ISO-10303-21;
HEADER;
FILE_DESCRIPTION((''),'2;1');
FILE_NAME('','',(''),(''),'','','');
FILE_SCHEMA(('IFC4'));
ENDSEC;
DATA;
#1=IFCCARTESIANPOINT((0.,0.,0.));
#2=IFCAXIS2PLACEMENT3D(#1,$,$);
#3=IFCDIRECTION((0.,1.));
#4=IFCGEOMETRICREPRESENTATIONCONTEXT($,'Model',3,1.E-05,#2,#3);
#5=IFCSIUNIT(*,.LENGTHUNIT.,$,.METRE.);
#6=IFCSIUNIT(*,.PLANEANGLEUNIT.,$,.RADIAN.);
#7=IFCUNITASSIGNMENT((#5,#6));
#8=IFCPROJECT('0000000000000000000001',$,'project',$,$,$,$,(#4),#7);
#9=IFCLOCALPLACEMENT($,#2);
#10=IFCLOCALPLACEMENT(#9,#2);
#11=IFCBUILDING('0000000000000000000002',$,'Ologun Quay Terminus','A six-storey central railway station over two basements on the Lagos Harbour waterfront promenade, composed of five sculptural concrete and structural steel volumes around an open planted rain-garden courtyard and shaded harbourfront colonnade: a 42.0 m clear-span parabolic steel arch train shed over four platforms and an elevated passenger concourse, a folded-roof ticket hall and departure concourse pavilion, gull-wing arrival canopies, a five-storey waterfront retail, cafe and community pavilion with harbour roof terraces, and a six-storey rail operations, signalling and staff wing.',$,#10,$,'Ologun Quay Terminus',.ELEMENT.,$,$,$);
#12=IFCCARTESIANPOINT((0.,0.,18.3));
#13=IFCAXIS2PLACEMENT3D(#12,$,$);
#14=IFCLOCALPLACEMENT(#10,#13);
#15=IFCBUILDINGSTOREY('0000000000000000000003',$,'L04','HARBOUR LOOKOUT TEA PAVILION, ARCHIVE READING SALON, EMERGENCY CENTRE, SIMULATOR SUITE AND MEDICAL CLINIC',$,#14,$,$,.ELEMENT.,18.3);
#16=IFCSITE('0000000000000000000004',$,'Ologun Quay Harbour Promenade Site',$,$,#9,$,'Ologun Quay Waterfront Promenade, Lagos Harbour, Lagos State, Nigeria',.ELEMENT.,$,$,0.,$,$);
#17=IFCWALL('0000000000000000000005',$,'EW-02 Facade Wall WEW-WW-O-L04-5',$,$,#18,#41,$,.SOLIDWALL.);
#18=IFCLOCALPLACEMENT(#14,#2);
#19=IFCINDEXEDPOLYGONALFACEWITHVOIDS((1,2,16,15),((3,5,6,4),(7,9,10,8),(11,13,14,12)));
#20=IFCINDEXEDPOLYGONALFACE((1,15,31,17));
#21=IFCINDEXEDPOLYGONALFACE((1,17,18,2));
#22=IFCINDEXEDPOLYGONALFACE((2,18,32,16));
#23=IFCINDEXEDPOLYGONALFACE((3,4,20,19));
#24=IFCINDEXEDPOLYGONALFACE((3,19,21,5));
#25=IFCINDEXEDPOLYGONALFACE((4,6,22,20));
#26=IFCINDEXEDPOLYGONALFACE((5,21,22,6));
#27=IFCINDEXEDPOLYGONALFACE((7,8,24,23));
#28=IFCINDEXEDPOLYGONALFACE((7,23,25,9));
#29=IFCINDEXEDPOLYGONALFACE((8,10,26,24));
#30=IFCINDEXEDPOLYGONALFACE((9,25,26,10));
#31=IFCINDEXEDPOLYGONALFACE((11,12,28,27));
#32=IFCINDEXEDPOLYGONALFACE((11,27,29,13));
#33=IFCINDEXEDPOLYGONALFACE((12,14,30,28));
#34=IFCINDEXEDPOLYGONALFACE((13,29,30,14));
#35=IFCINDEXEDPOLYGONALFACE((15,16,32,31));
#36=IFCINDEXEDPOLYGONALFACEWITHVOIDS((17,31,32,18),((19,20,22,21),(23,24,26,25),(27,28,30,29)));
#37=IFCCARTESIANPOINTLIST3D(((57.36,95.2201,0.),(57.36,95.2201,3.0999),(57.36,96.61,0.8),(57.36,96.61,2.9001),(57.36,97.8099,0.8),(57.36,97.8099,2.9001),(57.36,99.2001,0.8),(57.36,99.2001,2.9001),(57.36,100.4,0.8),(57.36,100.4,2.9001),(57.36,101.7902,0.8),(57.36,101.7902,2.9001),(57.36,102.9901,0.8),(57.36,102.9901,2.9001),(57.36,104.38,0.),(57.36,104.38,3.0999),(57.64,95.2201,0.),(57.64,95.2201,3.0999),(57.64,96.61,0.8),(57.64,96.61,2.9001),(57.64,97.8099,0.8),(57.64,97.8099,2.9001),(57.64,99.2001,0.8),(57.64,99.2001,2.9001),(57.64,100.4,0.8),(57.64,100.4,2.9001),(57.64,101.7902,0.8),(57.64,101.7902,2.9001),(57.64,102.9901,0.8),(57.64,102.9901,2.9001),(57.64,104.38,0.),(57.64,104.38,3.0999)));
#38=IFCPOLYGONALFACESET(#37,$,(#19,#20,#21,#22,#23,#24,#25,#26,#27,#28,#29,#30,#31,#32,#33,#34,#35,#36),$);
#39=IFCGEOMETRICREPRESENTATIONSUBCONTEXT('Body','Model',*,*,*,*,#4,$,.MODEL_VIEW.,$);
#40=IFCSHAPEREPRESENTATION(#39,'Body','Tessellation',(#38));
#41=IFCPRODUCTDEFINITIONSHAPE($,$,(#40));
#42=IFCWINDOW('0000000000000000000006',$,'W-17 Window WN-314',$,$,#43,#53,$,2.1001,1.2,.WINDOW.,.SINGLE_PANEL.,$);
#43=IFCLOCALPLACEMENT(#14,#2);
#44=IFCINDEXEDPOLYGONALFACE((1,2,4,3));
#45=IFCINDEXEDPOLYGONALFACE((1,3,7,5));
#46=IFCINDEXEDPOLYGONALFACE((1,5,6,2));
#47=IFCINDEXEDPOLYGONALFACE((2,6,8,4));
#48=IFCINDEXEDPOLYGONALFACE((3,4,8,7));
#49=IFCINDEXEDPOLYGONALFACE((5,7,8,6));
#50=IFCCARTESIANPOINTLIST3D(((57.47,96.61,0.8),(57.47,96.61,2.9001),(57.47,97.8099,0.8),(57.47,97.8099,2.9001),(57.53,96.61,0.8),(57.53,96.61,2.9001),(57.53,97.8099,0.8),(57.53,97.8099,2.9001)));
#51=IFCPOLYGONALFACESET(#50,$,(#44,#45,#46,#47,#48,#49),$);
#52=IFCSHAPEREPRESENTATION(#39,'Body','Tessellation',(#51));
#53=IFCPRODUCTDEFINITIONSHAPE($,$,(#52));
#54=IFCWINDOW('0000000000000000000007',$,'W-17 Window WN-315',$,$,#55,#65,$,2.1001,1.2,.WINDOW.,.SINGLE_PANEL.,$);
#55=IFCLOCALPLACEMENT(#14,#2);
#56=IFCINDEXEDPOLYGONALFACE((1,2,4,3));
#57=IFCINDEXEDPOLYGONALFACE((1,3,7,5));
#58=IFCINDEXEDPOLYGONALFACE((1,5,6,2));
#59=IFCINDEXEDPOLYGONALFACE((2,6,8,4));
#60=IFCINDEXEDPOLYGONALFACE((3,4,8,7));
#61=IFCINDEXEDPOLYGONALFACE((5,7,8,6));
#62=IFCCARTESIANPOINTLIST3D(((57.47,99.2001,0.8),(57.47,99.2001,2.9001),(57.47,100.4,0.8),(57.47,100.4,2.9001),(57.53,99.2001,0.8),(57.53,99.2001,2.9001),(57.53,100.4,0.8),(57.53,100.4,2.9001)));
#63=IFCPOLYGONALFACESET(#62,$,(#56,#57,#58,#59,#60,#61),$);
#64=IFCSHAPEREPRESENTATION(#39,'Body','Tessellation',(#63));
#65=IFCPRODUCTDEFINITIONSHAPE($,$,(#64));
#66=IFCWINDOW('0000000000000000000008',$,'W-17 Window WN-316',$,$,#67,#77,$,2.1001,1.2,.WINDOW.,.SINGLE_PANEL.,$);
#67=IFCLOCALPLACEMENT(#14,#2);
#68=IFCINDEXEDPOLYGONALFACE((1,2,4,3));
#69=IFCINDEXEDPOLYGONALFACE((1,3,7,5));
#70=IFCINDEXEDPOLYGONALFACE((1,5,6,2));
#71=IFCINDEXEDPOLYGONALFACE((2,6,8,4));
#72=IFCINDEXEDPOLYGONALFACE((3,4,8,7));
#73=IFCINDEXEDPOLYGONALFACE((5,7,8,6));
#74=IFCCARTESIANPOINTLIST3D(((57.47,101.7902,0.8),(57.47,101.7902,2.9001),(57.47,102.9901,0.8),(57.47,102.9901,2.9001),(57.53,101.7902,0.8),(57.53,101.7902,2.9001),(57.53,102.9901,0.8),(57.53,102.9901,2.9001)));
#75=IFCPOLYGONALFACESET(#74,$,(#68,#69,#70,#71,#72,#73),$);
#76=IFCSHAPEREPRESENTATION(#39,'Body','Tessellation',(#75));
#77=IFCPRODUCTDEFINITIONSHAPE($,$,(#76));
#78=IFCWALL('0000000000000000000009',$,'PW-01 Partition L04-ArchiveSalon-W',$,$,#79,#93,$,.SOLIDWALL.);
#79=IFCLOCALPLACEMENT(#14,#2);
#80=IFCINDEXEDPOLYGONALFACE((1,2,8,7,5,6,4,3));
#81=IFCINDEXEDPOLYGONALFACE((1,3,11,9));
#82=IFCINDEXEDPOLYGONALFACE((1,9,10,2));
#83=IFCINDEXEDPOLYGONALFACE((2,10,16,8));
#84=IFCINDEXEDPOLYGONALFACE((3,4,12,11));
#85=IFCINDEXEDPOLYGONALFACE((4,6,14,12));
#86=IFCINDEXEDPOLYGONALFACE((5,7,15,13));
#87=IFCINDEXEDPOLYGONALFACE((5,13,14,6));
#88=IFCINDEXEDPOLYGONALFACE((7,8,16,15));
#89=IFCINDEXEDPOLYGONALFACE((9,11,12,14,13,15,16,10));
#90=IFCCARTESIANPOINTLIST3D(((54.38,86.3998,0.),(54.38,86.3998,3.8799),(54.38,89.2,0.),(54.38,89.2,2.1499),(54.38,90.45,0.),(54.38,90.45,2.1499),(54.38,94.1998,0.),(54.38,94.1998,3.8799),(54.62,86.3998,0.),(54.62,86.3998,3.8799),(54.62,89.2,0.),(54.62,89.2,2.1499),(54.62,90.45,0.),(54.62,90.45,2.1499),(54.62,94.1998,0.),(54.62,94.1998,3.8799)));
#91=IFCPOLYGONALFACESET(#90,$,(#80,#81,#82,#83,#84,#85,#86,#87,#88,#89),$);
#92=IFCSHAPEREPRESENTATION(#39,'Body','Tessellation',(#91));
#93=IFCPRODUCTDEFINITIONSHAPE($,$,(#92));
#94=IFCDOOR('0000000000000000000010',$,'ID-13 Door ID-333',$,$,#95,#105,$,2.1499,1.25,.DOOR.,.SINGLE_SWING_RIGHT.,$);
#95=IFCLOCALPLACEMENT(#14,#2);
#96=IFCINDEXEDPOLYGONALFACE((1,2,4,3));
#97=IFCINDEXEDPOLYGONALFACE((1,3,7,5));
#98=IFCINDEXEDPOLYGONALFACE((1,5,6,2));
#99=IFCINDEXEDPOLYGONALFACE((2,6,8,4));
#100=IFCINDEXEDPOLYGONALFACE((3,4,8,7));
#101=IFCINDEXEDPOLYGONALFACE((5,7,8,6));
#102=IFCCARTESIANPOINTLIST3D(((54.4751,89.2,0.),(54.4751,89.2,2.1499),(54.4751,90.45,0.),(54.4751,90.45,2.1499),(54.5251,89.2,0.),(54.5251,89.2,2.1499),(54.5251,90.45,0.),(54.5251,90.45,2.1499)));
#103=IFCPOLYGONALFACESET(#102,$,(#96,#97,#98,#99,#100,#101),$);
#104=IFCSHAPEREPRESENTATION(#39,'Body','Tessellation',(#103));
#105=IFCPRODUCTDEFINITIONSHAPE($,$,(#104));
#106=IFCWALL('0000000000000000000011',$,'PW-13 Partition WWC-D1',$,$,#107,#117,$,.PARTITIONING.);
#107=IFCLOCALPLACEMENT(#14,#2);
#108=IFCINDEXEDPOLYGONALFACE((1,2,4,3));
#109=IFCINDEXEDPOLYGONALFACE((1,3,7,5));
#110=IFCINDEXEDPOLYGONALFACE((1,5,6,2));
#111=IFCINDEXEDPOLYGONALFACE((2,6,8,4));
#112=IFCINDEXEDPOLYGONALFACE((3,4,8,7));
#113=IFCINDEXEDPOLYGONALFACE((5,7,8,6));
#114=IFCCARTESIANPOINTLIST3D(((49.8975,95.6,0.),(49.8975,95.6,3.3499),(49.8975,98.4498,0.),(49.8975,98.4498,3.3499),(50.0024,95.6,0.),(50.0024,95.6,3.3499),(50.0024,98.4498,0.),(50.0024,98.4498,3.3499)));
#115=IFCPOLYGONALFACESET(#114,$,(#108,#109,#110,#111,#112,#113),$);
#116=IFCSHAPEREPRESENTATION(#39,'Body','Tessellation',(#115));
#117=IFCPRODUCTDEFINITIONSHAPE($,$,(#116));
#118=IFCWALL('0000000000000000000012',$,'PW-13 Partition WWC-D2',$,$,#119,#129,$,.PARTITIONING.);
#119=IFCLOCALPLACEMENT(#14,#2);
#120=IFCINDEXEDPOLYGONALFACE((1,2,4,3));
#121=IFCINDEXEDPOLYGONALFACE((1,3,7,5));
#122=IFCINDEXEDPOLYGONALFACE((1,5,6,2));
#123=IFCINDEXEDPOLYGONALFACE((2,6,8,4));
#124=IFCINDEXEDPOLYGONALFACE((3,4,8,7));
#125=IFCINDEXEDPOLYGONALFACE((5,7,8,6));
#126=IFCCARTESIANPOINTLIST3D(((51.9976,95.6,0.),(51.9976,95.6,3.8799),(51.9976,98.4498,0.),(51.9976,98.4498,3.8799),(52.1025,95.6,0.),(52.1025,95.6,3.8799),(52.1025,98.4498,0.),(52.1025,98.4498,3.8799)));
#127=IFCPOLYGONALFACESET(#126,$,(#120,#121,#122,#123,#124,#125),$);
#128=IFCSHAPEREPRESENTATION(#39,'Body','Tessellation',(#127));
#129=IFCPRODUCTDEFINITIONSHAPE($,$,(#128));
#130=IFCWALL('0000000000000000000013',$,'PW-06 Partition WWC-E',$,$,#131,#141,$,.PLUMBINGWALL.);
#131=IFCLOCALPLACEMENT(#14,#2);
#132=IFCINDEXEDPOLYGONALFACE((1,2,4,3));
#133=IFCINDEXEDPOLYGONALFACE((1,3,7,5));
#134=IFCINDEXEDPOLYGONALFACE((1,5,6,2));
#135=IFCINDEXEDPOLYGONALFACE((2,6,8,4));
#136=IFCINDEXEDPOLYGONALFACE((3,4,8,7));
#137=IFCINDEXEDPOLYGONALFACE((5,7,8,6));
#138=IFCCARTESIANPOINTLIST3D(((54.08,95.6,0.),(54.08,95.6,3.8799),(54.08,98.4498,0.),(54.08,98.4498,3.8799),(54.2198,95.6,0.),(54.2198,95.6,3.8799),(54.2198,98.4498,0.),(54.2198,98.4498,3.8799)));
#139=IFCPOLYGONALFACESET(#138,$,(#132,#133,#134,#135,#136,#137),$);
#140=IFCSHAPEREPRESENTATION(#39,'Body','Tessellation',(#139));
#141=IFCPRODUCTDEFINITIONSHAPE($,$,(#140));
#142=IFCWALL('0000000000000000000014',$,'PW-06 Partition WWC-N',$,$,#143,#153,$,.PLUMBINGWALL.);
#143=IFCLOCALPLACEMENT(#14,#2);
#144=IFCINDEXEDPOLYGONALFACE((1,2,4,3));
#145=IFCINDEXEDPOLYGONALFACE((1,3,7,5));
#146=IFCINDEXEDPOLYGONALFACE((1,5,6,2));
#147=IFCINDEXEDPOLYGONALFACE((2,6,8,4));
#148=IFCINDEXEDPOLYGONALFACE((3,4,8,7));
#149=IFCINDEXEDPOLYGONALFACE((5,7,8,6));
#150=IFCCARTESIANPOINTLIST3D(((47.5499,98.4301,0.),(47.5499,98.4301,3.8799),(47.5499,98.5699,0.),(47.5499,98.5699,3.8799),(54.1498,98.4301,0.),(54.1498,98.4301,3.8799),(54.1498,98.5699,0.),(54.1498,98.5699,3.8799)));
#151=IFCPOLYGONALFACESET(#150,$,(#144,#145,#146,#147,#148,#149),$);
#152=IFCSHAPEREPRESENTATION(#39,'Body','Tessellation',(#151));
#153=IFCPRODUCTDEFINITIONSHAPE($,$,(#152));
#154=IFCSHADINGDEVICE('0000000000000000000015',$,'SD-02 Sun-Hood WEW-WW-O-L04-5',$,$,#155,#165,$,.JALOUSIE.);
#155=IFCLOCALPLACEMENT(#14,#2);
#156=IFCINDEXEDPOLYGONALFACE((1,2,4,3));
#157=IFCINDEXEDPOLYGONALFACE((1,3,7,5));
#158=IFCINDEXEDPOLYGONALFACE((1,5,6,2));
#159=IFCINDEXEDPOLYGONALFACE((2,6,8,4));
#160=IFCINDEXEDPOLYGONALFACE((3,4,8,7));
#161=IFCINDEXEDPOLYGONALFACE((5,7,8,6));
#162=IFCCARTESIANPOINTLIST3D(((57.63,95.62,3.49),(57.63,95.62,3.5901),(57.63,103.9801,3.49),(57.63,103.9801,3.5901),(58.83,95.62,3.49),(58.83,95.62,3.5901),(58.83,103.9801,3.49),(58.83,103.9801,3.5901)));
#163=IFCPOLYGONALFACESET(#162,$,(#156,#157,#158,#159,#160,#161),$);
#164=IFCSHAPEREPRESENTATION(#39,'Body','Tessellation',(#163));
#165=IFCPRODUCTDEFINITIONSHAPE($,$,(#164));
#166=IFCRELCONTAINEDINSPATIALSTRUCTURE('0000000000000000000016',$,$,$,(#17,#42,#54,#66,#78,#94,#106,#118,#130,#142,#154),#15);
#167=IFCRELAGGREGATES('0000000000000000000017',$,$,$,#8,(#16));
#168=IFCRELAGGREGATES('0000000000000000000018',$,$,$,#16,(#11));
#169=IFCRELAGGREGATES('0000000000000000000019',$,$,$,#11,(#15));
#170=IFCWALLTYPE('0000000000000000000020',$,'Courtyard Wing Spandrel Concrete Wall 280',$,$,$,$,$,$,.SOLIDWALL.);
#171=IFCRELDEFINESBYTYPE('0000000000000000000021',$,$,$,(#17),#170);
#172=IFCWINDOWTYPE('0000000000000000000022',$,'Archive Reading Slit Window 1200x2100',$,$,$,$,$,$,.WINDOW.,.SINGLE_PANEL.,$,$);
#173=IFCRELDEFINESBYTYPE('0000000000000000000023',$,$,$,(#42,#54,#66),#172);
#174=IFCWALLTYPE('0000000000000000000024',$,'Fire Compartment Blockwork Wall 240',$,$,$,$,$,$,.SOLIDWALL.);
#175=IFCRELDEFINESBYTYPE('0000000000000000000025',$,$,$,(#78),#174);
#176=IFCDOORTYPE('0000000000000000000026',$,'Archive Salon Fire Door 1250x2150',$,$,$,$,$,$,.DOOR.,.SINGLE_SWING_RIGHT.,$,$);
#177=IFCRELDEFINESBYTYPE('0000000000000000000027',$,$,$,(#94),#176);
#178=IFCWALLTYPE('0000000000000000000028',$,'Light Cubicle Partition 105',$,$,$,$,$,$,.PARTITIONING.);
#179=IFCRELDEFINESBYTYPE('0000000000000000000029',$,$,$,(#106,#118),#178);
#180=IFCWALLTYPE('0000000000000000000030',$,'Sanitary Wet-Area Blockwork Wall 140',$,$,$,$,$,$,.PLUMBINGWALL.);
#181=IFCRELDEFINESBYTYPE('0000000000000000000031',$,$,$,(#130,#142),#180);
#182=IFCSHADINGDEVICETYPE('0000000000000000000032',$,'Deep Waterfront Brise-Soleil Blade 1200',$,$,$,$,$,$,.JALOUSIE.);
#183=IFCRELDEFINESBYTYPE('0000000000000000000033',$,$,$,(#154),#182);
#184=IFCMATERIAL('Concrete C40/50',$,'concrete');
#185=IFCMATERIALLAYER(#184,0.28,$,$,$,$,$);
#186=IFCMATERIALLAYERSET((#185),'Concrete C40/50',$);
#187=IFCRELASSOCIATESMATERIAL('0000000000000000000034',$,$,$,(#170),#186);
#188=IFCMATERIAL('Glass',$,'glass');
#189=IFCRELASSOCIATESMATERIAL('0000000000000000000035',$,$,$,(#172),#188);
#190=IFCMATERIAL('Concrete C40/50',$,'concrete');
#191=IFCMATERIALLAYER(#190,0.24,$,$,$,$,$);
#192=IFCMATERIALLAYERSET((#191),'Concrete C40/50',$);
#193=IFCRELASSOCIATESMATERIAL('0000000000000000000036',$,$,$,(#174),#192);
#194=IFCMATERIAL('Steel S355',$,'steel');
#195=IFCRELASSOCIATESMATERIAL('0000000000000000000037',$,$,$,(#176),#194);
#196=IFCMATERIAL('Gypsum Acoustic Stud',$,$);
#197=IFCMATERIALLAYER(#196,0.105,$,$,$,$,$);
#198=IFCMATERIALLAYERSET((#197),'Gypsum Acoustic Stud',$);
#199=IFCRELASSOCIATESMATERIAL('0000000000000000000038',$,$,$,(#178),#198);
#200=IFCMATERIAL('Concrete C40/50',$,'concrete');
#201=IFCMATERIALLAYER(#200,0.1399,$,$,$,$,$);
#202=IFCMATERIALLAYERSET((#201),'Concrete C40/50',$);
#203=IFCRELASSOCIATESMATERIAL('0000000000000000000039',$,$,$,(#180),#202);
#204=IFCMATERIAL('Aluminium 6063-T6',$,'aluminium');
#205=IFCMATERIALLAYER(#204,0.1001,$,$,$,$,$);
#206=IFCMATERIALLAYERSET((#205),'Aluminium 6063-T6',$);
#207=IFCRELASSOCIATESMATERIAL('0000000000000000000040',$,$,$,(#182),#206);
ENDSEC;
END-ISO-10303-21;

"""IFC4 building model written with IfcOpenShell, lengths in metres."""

from ifc_helpers import new_model, si_unit, direction, frame, frame_2d, origin, origin_2d, place, context, subcontext, project, spatial, rectangle, extrude, material, layer, layer_set, type_object, element, fill, save


model = new_model("IFC4")

# Units and contexts
model_context = context("Model", 3, precision=1e-05, world=origin(), true_north=direction((0.0, 1.0)))
body_context = subcontext(model_context, "Body", "Model", "MODEL_VIEW")
ifc_project = project(units=[si_unit("LENGTHUNIT", "METRE"), si_unit("PLANEANGLEUNIT", "RADIAN")], contexts=[model_context])

# Site, building, storey
site_placement = place(None, origin())
site = spatial("IfcSite", under=ifc_project, at=site_placement, Name="Ologun Quay Harbour Promenade Site", LongName="Ologun Quay Waterfront Promenade, Lagos Harbour, Lagos State, Nigeria", CompositionType="ELEMENT", RefElevation=0.0)
building_placement = place(site_placement, origin())
building = spatial("IfcBuilding", under=site, at=building_placement, Name="Ologun Quay Terminus", Description="A six-storey central railway station over two basements on the Lagos Harbour waterfront promenade, composed of five sculptural concrete and structural steel volumes around an open planted rain-garden courtyard and shaded harbourfront colonnade: a 42.0 m clear-span parabolic steel arch train shed over four platforms and an elevated passenger concourse, a folded-roof ticket hall and departure concourse pavilion, gull-wing arrival canopies, a five-storey waterfront retail, cafe and community pavilion with harbour roof terraces, and a six-storey rail operations, signalling and staff wing.", LongName="Ologun Quay Terminus", CompositionType="ELEMENT")
storey_placement = place(building_placement, frame((0.0, 0.0, 18.3)))
storey = spatial("IfcBuildingStorey", under=building, at=storey_placement, Name="L04", Description="HARBOUR LOOKOUT TEA PAVILION, ARCHIVE READING SALON, EMERGENCY CENTRE, SIMULATOR SUITE AND MEDICAL CLINIC", CompositionType="ELEMENT", Elevation=18.3)

# Shared definitions
ifc_material_1 = material(Name="Concrete C40/50", Category="concrete")
ifc_layer_1 = layer(ifc_material_1, 0.28)
ifc_layer_set_1 = layer_set([ifc_layer_1], Name="Concrete C40/50")
wall_type_1 = type_object("IfcWallType", Name="Courtyard Wing Spandrel Concrete Wall 280", PredefinedType="SOLIDWALL", material=ifc_layer_set_1)

# Wall, openings, windows
wall_1_placement = place(storey_placement, frame((57.5, 95.22, 0.0), z_axis=(0.0, 0.0, 1.0), x_axis=(0.0, 1.0, 0.0)))
wall_1 = element("IfcWall", 1, at=wall_1_placement, inside=storey, type_object=wall_type_1, Name="EW-02 Facade Wall WEW-WW-O-L04-5", PredefinedType="SOLIDWALL", context=body_context, shape_type="SweptSolid", body=[
    extrude(rectangle(XDim=9.1599, YDim=0.28, at=frame_2d((4.5801, 0.0))), origin(), (0.0, 0.0, 1.0), 3.0999),
])
opening_1_placement = place(wall_1_placement, frame((1.3899, 0.0, 0.8)))
opening_1 = element("IfcOpeningElement", 2, at=opening_1_placement, cuts=wall_1, PredefinedType="OPENING", context=body_context, shape_type="SweptSolid", body=[
    extrude(rectangle(XDim=1.2, YDim=2.1001, at=frame_2d((0.6001, 1.05))), frame((0.0, 0.1499, 0.0), z_axis=(0.0, -1.0, 0.0), x_axis=(1.0, 0.0, 0.0)), (0.0, 0.0, 1.0), 0.3),
])
opening_2_placement = place(wall_1_placement, frame((3.98, 0.0, 0.8)))
opening_2 = element("IfcOpeningElement", 3, at=opening_2_placement, cuts=wall_1, PredefinedType="OPENING", context=body_context, shape_type="SweptSolid", body=[
    extrude(rectangle(XDim=1.2, YDim=2.1001, at=frame_2d((0.6001, 1.05))), frame((0.0, 0.1499, 0.0), z_axis=(0.0, -1.0, 0.0), x_axis=(1.0, 0.0, 0.0)), (0.0, 0.0, 1.0), 0.3),
])
opening_3_placement = place(wall_1_placement, frame((6.5701, 0.0, 0.8)))
opening_3 = element("IfcOpeningElement", 4, at=opening_3_placement, cuts=wall_1, PredefinedType="OPENING", context=body_context, shape_type="SweptSolid", body=[
    extrude(rectangle(XDim=1.2, YDim=2.1001, at=frame_2d((0.6001, 1.05))), frame((0.0, 0.1499, 0.0), z_axis=(0.0, -1.0, 0.0), x_axis=(1.0, 0.0, 0.0)), (0.0, 0.0, 1.0), 0.3),
])
ifc_material_2 = material(Name="Glass", Category="glass")
window_type = type_object("IfcWindowType", Name="Archive Reading Slit Window 1200x2100", PartitioningType="SINGLE_PANEL", PredefinedType="WINDOW", material=ifc_material_2)
window_1_placement = place(opening_1_placement, origin())
window_1 = element("IfcWindow", 5, at=window_1_placement, inside=storey, type_object=window_type, Name="W-17 Window WN-314", OverallHeight=2.1001, OverallWidth=1.2, PartitioningType="SINGLE_PANEL", PredefinedType="WINDOW", context=body_context, shape_type="SweptSolid", body=[
    extrude(rectangle(XDim=1.2, YDim=2.1001, at=frame_2d((0.6001, 1.05))), frame((0.0, 0.03, 0.0), z_axis=(0.0, -1.0, 0.0), x_axis=(1.0, 0.0, 0.0)), (0.0, 0.0, 1.0), 0.0601),
])
fill(opening_1, window_1)
window_2_placement = place(opening_2_placement, origin())
window_2 = element("IfcWindow", 6, at=window_2_placement, inside=storey, type_object=window_type, Name="W-17 Window WN-315", OverallHeight=2.1001, OverallWidth=1.2, PartitioningType="SINGLE_PANEL", PredefinedType="WINDOW", context=body_context, shape_type="SweptSolid", body=[
    extrude(rectangle(XDim=1.2, YDim=2.1001, at=frame_2d((0.6001, 1.05))), frame((0.0, 0.03, 0.0), z_axis=(0.0, -1.0, 0.0), x_axis=(1.0, 0.0, 0.0)), (0.0, 0.0, 1.0), 0.0601),
])
fill(opening_2, window_2)
window_3_placement = place(opening_3_placement, origin())
window_3 = element("IfcWindow", 7, at=window_3_placement, inside=storey, type_object=window_type, Name="W-17 Window WN-316", OverallHeight=2.1001, OverallWidth=1.2, PartitioningType="SINGLE_PANEL", PredefinedType="WINDOW", context=body_context, shape_type="SweptSolid", body=[
    extrude(rectangle(XDim=1.2, YDim=2.1001, at=frame_2d((0.6001, 1.05))), frame((0.0, 0.03, 0.0), z_axis=(0.0, -1.0, 0.0), x_axis=(1.0, 0.0, 0.0)), (0.0, 0.0, 1.0), 0.0601),
])
fill(opening_3, window_3)

# Wall, opening, door
ifc_material_3 = material(Name="Concrete C40/50", Category="concrete")
ifc_layer_2 = layer(ifc_material_3, 0.24)
ifc_layer_set_2 = layer_set([ifc_layer_2], Name="Concrete C40/50")
wall_type_2 = type_object("IfcWallType", Name="Fire Compartment Blockwork Wall 240", PredefinedType="SOLIDWALL", material=ifc_layer_set_2)
wall_2_placement = place(storey_placement, frame((54.5, 86.3999, 0.0), z_axis=(0.0, 0.0, 1.0), x_axis=(0.0, 1.0, 0.0)))
wall_2 = element("IfcWall", 8, at=wall_2_placement, inside=storey, type_object=wall_type_2, Name="PW-01 Partition L04-ArchiveSalon-W", PredefinedType="SOLIDWALL", context=body_context, shape_type="SweptSolid", body=[
    extrude(rectangle(XDim=7.8, YDim=0.24, at=frame_2d((3.8999, 0.0))), origin(), (0.0, 0.0, 1.0), 3.8799),
])
opening_4_placement = place(wall_2_placement, frame((2.8, 0.0, 0.0)))
opening_4 = element("IfcOpeningElement", 9, at=opening_4_placement, cuts=wall_2, PredefinedType="OPENING", context=body_context, shape_type="SweptSolid", body=[
    extrude(rectangle(XDim=1.25, YDim=2.1499, at=frame_2d((0.625, 1.075))), frame((0.0, 0.1299, 0.0), z_axis=(0.0, -1.0, 0.0), x_axis=(1.0, 0.0, 0.0)), (0.0, 0.0, 1.0), 0.26),
])
ifc_material_4 = material(Name="Steel S355", Category="steel")
door_type_1 = type_object("IfcDoorType", Name="Archive Salon Fire Door 1250x2150", OperationType="SINGLE_SWING_RIGHT", PredefinedType="DOOR", material=ifc_material_4)
door_1_placement = place(opening_4_placement, origin())
door_1 = element("IfcDoor", 10, at=door_1_placement, inside=storey, type_object=door_type_1, Name="ID-13 Door ID-333", OperationType="SINGLE_SWING_RIGHT", OverallHeight=2.1499, OverallWidth=1.25, PredefinedType="DOOR", context=body_context, shape_type="SweptSolid", body=[
    extrude(rectangle(XDim=1.25, YDim=2.1499, at=frame_2d((0.625, 1.075))), frame((0.0, 0.0249, 0.0), z_axis=(0.0, -1.0, 0.0), x_axis=(1.0, 0.0, 0.0)), (0.0, 0.0, 1.0), 0.05),
])
fill(opening_4, door_1)

# Walls
ifc_material_5 = material(Name="Gypsum Acoustic Stud")
ifc_layer_3 = layer(ifc_material_5, 0.105)
ifc_layer_set_3 = layer_set([ifc_layer_3], Name="Gypsum Acoustic Stud")
wall_type_3 = type_object("IfcWallType", Name="Light Cubicle Partition 105", PredefinedType="PARTITIONING", material=ifc_layer_set_3)
wall_3_placement = place(storey_placement, frame((49.95, 95.6001, 0.0), z_axis=(0.0, 0.0, 1.0), x_axis=(0.0, 1.0, 0.0)))
element("IfcWall", 11, at=wall_3_placement, inside=storey, type_object=wall_type_3, Name="PW-13 Partition WWC-D1", PredefinedType="PARTITIONING", context=body_context, shape_type="SweptSolid", body=[
    extrude(rectangle(XDim=2.8499, YDim=0.105, at=frame_2d((1.4248, 0.0))), origin(), (0.0, 0.0, 1.0), 3.3499),
])
wall_4_placement = place(storey_placement, frame((52.05, 95.6001, 0.0), z_axis=(0.0, 0.0, 1.0), x_axis=(0.0, 1.0, 0.0)))
element("IfcWall", 12, at=wall_4_placement, inside=storey, type_object=wall_type_3, Name="PW-13 Partition WWC-D2", PredefinedType="PARTITIONING", context=body_context, shape_type="SweptSolid", body=[
    extrude(rectangle(XDim=2.8499, YDim=0.105, at=frame_2d((1.4248, 0.0))), origin(), (0.0, 0.0, 1.0), 3.8799),
])
ifc_material_6 = material(Name="Concrete C40/50", Category="concrete")
ifc_layer_4 = layer(ifc_material_6, 0.1399)
ifc_layer_set_4 = layer_set([ifc_layer_4], Name="Concrete C40/50")
wall_type_4 = type_object("IfcWallType", Name="Sanitary Wet-Area Blockwork Wall 140", PredefinedType="PLUMBINGWALL", material=ifc_layer_set_4)
wall_5_placement = place(storey_placement, frame((54.1499, 95.6001, 0.0), z_axis=(0.0, 0.0, 1.0), x_axis=(0.0, 1.0, 0.0)))
element("IfcWall", 13, at=wall_5_placement, inside=storey, type_object=wall_type_4, Name="PW-06 Partition WWC-E", PredefinedType="PLUMBINGWALL", context=body_context, shape_type="SweptSolid", body=[
    extrude(rectangle(XDim=2.8499, YDim=0.1399, at=frame_2d((1.4248, 0.0))), origin(), (0.0, 0.0, 1.0), 3.8799),
])
wall_6_placement = place(storey_placement, frame((47.55, 98.5, 0.0), z_axis=(0.0, 0.0, 1.0), x_axis=(1.0, 0.0, 0.0)))
element("IfcWall", 14, at=wall_6_placement, inside=storey, type_object=wall_type_4, Name="PW-06 Partition WWC-N", PredefinedType="PLUMBINGWALL", context=body_context, shape_type="SweptSolid", body=[
    extrude(rectangle(XDim=6.5999, YDim=0.1399, at=frame_2d((3.2998, 0.0))), origin(), (0.0, 0.0, 1.0), 3.8799),
])

# Shading device
ifc_material_7 = material(Name="Aluminium 6063-T6", Category="aluminium")
ifc_layer_5 = layer(ifc_material_7, 0.1001)
ifc_layer_set_5 = layer_set([ifc_layer_5], Name="Aluminium 6063-T6")
shading_device_type = type_object("IfcShadingDeviceType", Name="Deep Waterfront Brise-Soleil Blade 1200", PredefinedType="JALOUSIE", material=ifc_layer_set_5)
shading_device_1_placement = place(storey_placement, frame((58.23, 99.8, 3.49), z_axis=(0.0, 0.0, 1.0), x_axis=(1.0, 0.0, 0.0)))
element("IfcShadingDevice", 15, at=shading_device_1_placement, inside=storey, type_object=shading_device_type, Name="SD-02 Sun-Hood WEW-WW-O-L04-5", PredefinedType="JALOUSIE", context=body_context, shape_type="SweptSolid", body=[
    extrude(rectangle(XDim=1.2, YDim=8.3601, at=origin_2d()), origin(), (0.0, 0.0, 1.0), 0.1001),
])

save(model, "model.ifc")
